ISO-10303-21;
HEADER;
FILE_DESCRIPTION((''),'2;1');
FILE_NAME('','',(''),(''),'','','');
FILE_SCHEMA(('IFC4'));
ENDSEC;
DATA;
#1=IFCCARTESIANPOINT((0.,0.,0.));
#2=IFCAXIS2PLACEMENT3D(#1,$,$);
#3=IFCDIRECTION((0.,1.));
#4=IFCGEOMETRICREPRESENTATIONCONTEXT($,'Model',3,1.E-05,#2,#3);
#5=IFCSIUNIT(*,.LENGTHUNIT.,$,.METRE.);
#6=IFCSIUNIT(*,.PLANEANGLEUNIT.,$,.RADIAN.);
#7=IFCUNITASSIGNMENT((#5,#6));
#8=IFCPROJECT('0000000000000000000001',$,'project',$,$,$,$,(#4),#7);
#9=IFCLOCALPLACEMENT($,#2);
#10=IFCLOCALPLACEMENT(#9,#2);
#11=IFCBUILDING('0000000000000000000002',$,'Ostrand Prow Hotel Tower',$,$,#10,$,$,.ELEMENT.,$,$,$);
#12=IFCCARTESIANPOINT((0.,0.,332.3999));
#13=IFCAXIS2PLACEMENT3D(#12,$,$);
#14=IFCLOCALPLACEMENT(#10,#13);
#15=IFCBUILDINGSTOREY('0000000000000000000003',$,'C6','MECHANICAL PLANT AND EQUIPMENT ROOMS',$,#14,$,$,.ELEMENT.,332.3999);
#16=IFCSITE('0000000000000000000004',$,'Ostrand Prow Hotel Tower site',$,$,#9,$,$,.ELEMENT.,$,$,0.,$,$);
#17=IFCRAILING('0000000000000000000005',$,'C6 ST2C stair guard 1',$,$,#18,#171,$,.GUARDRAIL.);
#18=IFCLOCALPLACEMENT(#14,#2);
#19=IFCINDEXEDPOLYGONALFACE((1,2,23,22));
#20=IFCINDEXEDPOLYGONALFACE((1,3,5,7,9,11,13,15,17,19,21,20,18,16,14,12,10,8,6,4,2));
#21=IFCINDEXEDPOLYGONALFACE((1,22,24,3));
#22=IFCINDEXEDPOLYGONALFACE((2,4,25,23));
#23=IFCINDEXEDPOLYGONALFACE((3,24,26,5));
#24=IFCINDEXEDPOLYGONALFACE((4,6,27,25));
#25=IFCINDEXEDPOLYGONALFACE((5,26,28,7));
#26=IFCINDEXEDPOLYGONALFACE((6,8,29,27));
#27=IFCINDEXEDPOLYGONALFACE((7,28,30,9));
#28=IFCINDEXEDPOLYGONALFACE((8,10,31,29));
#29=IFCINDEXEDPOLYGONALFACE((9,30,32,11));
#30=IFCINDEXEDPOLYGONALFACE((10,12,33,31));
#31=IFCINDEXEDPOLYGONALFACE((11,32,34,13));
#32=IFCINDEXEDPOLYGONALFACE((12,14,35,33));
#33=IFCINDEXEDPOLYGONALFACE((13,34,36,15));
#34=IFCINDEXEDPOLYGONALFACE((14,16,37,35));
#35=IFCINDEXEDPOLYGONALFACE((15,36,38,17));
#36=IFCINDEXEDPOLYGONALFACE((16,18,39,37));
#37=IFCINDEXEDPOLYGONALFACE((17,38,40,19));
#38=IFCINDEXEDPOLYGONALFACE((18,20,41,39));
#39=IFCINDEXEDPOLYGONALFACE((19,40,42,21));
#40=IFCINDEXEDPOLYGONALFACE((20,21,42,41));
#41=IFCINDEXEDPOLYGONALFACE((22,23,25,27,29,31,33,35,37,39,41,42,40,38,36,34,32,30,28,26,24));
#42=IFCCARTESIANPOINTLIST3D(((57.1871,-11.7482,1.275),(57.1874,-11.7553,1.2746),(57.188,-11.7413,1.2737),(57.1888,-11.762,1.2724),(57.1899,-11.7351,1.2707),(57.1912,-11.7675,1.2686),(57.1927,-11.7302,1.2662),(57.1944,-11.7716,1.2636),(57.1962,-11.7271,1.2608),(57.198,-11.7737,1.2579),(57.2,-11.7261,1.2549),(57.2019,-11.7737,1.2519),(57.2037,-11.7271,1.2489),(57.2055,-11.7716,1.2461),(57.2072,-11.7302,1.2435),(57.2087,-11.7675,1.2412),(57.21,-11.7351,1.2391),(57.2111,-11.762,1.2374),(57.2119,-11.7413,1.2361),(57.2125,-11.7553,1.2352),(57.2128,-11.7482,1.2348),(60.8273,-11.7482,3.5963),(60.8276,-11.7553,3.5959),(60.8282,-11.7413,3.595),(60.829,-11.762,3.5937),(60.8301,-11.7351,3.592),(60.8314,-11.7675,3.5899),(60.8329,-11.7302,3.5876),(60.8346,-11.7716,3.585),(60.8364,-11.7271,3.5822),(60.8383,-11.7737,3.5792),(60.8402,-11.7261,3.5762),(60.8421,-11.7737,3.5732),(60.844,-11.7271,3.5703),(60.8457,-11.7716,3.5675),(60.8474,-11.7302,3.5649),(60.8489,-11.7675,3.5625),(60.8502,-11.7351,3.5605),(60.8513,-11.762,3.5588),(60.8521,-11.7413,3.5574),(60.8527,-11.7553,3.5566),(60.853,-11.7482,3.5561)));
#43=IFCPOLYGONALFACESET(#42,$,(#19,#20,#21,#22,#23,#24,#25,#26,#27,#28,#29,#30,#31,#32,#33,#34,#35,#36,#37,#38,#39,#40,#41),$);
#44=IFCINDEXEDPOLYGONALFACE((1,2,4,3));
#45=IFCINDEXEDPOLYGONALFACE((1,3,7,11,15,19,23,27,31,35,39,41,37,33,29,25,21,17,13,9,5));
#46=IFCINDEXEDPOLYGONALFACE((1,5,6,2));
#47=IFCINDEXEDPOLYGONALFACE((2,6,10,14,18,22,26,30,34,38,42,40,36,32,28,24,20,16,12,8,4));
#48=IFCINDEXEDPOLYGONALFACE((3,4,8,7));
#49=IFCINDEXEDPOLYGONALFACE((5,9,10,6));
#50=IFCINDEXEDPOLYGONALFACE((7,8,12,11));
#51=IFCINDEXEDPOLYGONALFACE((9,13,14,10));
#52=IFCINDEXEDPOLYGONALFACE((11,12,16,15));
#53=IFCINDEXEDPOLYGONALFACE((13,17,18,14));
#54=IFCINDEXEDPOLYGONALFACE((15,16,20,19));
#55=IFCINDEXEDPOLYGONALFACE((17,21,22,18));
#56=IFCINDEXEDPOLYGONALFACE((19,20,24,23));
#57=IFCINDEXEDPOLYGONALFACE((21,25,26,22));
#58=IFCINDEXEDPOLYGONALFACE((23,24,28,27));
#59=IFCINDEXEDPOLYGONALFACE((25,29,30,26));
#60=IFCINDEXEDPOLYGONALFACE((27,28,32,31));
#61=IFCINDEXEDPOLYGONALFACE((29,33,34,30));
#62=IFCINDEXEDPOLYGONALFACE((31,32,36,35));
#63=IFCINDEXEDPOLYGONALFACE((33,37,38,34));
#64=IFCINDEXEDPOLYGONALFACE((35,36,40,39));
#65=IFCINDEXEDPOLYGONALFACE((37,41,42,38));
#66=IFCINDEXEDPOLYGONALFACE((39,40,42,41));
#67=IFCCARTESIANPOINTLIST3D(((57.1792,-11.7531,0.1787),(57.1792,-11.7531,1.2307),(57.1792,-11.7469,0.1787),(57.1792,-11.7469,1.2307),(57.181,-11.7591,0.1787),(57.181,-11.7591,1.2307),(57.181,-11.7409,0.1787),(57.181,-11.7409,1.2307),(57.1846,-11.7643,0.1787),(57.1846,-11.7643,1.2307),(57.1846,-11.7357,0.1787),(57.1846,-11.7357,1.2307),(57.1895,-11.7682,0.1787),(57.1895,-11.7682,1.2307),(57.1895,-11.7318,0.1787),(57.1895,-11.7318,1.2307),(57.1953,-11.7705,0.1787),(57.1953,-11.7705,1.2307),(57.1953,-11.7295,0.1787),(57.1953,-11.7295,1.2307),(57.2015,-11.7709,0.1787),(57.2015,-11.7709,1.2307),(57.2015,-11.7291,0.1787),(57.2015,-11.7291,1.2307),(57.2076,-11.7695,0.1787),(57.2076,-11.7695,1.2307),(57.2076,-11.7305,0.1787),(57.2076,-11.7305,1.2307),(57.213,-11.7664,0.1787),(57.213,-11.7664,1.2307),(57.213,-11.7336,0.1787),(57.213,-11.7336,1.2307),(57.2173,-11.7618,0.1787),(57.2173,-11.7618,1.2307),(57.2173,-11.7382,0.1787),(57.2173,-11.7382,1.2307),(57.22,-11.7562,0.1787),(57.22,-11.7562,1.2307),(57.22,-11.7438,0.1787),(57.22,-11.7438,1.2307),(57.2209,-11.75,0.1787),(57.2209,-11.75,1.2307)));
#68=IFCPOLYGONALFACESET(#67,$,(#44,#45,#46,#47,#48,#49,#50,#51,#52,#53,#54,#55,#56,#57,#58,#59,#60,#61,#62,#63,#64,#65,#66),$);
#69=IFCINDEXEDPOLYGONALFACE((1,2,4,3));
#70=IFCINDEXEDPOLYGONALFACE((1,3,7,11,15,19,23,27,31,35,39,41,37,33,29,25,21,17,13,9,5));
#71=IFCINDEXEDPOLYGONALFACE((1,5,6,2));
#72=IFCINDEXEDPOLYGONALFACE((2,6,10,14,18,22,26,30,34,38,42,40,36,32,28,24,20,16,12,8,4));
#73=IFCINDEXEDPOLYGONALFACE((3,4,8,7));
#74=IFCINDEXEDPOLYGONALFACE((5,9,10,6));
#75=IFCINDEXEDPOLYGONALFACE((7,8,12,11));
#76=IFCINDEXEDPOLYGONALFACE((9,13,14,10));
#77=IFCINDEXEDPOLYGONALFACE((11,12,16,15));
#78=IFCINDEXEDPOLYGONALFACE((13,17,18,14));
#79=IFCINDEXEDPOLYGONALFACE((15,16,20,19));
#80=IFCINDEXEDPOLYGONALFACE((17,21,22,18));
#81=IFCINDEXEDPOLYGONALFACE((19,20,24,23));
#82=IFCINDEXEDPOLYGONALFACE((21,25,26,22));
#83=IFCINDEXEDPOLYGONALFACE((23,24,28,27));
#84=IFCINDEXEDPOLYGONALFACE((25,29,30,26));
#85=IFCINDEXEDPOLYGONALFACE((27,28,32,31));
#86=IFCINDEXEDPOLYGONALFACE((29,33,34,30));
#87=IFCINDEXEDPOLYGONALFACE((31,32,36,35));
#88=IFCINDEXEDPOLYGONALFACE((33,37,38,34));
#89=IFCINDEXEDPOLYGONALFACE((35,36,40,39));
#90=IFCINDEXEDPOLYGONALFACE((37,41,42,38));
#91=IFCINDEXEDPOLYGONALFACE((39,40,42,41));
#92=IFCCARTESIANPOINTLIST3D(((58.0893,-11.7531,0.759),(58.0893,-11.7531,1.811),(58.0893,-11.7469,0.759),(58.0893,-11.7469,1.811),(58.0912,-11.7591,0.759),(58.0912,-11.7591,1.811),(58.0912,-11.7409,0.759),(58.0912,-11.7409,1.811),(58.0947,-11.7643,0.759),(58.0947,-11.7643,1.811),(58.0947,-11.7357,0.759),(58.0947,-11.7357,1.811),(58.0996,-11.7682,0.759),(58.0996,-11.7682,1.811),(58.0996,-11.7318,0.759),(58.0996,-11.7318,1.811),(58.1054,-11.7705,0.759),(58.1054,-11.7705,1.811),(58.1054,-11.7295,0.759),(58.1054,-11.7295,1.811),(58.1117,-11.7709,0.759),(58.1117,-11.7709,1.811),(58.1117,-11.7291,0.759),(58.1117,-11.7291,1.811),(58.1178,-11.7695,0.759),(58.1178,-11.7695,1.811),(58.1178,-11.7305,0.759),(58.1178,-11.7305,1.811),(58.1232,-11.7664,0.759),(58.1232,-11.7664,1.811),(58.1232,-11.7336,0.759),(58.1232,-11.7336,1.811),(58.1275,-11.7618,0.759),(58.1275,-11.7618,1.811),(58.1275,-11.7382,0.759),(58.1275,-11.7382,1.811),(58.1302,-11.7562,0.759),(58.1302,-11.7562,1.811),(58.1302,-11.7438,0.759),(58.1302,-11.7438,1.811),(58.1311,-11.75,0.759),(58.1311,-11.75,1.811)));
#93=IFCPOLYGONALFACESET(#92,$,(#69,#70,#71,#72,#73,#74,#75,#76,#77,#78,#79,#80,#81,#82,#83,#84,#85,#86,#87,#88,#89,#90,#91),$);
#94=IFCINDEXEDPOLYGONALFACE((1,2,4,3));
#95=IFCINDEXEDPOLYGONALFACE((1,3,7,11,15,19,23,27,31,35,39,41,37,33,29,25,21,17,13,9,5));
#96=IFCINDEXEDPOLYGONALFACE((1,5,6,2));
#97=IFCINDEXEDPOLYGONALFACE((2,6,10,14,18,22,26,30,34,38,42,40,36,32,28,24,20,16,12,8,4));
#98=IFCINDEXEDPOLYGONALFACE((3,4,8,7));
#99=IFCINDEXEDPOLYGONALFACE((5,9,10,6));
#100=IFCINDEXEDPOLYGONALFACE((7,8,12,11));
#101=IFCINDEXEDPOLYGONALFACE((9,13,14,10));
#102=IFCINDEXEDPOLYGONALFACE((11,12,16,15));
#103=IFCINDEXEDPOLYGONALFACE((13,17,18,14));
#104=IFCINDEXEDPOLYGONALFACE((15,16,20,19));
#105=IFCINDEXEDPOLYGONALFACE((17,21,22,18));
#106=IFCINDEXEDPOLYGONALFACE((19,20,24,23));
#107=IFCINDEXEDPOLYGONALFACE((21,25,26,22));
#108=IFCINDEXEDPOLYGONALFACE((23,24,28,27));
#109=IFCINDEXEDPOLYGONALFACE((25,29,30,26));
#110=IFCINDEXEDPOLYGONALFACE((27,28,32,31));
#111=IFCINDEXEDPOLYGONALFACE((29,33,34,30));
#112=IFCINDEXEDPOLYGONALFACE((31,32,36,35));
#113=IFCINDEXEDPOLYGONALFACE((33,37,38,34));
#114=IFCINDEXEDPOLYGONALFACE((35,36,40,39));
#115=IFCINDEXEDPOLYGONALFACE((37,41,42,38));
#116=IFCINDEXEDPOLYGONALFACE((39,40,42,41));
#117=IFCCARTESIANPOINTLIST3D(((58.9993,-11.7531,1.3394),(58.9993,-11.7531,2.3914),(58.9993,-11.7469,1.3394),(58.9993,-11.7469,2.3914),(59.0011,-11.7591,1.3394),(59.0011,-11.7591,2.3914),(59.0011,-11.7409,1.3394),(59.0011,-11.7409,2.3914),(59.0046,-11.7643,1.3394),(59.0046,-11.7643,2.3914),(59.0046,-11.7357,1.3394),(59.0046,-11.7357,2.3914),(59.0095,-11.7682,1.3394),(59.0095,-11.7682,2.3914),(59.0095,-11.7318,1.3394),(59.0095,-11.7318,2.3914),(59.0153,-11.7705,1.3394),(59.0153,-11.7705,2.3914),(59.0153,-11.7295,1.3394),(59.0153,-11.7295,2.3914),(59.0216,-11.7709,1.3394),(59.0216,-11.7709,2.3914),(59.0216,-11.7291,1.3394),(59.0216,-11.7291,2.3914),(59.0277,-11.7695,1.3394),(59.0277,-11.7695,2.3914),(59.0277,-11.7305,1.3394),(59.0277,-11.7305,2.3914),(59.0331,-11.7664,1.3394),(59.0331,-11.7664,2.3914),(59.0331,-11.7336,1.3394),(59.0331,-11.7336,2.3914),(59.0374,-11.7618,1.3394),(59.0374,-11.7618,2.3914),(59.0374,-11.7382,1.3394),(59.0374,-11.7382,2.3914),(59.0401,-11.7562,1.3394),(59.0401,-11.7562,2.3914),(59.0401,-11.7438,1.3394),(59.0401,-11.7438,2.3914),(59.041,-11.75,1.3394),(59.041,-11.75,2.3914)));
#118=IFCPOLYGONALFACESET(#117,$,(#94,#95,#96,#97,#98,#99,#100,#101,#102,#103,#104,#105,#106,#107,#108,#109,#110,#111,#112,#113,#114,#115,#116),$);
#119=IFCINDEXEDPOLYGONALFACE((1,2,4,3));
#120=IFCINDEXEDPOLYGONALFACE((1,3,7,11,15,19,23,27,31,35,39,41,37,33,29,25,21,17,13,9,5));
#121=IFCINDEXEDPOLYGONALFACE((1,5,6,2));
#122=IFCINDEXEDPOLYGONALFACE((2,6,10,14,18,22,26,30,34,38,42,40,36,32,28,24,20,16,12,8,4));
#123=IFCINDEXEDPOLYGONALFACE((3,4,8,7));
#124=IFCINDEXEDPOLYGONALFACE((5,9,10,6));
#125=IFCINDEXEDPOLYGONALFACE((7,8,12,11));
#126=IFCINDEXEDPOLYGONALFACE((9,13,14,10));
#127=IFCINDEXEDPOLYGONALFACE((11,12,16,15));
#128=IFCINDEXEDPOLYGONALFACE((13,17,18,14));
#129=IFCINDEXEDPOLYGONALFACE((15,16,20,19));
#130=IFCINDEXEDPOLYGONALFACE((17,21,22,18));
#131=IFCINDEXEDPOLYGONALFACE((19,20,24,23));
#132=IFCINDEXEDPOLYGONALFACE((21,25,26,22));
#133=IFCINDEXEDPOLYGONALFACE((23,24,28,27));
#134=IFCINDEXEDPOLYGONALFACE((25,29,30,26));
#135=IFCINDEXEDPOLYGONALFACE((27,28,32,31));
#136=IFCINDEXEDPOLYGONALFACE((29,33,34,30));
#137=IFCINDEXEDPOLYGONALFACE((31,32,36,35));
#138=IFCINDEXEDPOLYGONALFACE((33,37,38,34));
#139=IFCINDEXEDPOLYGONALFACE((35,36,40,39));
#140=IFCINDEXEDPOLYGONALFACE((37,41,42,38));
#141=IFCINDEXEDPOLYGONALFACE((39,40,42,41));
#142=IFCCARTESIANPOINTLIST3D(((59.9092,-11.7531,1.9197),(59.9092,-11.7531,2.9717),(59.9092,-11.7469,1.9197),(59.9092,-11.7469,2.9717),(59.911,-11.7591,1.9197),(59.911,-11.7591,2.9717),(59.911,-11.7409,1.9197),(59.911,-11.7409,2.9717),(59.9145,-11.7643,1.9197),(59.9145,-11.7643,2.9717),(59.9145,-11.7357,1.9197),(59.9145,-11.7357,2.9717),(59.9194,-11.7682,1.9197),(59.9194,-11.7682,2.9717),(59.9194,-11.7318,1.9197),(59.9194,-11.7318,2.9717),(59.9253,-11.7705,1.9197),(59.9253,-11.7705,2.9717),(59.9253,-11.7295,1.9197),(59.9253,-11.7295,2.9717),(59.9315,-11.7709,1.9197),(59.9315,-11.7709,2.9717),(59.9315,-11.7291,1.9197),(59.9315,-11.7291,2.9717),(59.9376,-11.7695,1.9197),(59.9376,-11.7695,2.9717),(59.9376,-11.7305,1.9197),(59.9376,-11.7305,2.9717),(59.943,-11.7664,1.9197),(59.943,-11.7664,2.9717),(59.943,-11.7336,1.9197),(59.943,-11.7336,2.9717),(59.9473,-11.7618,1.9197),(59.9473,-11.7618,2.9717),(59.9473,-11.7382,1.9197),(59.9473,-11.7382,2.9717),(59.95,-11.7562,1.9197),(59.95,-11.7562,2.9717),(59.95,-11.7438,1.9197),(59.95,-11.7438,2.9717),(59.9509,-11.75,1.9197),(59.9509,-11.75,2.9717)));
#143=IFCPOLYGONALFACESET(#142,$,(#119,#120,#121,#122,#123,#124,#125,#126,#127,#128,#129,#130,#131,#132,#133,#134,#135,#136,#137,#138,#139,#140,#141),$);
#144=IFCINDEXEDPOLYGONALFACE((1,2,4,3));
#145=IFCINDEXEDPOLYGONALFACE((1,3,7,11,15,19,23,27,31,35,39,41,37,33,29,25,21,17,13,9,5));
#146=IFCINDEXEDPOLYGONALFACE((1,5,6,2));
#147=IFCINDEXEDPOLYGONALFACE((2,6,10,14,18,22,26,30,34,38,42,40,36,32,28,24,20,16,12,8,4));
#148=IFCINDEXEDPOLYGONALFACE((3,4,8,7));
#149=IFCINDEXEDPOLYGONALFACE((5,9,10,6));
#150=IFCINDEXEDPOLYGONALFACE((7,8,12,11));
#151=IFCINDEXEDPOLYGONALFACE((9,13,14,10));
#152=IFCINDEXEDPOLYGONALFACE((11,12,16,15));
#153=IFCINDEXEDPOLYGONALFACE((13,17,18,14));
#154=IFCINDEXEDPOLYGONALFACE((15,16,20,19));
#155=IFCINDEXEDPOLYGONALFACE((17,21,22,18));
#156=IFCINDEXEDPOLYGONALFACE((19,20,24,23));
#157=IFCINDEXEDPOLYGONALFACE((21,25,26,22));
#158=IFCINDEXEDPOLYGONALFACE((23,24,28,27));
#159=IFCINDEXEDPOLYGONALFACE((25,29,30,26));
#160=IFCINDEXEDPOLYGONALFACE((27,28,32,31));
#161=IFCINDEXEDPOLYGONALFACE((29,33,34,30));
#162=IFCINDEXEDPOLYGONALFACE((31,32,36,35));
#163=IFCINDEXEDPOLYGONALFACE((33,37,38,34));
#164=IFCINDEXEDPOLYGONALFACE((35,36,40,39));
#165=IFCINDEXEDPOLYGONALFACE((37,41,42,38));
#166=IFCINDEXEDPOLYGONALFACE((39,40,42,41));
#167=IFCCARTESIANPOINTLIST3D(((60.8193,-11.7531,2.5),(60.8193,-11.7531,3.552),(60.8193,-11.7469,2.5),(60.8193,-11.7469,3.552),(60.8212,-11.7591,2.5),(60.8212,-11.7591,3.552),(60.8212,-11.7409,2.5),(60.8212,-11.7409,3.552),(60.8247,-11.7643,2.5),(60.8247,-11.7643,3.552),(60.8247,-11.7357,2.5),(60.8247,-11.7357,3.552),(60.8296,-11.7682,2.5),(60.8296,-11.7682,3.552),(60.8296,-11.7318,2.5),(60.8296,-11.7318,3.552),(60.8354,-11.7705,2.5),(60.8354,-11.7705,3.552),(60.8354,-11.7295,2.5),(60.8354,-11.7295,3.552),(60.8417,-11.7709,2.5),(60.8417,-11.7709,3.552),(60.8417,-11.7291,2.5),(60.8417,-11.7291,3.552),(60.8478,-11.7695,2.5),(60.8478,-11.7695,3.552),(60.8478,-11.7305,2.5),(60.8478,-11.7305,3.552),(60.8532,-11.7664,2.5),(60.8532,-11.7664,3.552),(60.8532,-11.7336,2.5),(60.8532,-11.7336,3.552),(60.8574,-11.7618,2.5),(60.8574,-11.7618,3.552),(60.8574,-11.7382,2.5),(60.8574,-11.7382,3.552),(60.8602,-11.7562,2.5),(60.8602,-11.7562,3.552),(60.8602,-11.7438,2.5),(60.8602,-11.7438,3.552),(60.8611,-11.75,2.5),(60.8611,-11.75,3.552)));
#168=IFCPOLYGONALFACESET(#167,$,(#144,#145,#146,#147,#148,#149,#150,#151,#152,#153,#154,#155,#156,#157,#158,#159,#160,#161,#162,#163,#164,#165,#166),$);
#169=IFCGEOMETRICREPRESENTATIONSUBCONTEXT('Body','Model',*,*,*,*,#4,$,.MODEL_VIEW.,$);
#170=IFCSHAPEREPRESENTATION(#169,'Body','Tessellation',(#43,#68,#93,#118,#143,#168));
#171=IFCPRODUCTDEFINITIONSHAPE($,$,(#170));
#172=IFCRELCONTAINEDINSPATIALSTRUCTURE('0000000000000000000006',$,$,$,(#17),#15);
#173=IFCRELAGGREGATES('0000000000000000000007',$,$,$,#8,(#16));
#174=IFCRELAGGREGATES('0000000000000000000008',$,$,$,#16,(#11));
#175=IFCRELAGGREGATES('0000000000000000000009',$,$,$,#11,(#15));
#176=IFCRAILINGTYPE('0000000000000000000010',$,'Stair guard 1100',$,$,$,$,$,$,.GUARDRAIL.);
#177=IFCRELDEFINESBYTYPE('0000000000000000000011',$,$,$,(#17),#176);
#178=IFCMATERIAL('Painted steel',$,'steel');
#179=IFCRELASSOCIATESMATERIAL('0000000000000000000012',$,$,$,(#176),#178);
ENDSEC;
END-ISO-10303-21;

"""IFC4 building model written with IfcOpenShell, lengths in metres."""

from ifc_helpers import new_model, si_unit, direction, frame, origin, origin_2d, place, context, subcontext, project, spatial, circle, extrude, material, type_object, element, save


model = new_model("IFC4")

# Units and contexts
model_context = context("Model", 3, precision=1e-05, world=origin(), true_north=direction((0.0, 1.0)))
body_context = subcontext(model_context, "Body", "Model", "MODEL_VIEW")
ifc_project = project(units=[si_unit("LENGTHUNIT", "METRE"), si_unit("PLANEANGLEUNIT", "RADIAN")], contexts=[model_context])

# Site, building, storey
site_placement = place(None, origin())
site = spatial("IfcSite", under=ifc_project, at=site_placement, Name="Ostrand Prow Hotel Tower site", CompositionType="ELEMENT", RefElevation=0.0)
building_placement = place(site_placement, origin())
building = spatial("IfcBuilding", under=site, at=building_placement, Name="Ostrand Prow Hotel Tower", CompositionType="ELEMENT")
storey_placement = place(building_placement, frame((0.0, 0.0, 332.3999)))
storey = spatial("IfcBuildingStorey", under=building, at=storey_placement, Name="C6", Description="MECHANICAL PLANT AND EQUIPMENT ROOMS", CompositionType="ELEMENT", Elevation=332.3999)

# Railing
ifc_material_1 = material(Name="Painted steel", Category="steel")
railing_type_1 = type_object("IfcRailingType", Name="Stair guard 1100", PredefinedType="GUARDRAIL", material=ifc_material_1)
railing_1_placement = place(storey_placement, frame((57.2, -11.75, 0.1787)))
element("IfcRailing", 1, at=railing_1_placement, inside=storey, type_object=railing_type_1, Name="C6 ST2C stair guard 1", PredefinedType="GUARDRAIL", context=body_context, shape_type="SweptSolid", body=[
    extrude(circle(Radius=0.0239, at=origin_2d()), frame((0.0, 0.0, 1.0762), z_axis=(0.843153, 0.0, 0.537673), x_axis=(0.0, 1.0, 0.0)), (0.0, 0.0, 1.0), 4.3174),
    extrude(circle(Radius=0.021, at=origin_2d()), origin(), (0.0, 0.0, 1.0), 1.052),
    extrude(circle(Radius=0.021, at=origin_2d()), frame((0.9102, 0.0, 0.5803)), (0.0, 0.0, 1.0), 1.052),
    extrude(circle(Radius=0.021, at=origin_2d()), frame((1.8201, 0.0, 1.1606)), (0.0, 0.0, 1.0), 1.052),
    extrude(circle(Radius=0.021, at=origin_2d()), frame((2.73, 0.0, 1.741)), (0.0, 0.0, 1.0), 1.052),
    extrude(circle(Radius=0.021, at=origin_2d()), frame((3.6401, 0.0, 2.3213)), (0.0, 0.0, 1.0), 1.052),
])

save(model, "model.ifc")
